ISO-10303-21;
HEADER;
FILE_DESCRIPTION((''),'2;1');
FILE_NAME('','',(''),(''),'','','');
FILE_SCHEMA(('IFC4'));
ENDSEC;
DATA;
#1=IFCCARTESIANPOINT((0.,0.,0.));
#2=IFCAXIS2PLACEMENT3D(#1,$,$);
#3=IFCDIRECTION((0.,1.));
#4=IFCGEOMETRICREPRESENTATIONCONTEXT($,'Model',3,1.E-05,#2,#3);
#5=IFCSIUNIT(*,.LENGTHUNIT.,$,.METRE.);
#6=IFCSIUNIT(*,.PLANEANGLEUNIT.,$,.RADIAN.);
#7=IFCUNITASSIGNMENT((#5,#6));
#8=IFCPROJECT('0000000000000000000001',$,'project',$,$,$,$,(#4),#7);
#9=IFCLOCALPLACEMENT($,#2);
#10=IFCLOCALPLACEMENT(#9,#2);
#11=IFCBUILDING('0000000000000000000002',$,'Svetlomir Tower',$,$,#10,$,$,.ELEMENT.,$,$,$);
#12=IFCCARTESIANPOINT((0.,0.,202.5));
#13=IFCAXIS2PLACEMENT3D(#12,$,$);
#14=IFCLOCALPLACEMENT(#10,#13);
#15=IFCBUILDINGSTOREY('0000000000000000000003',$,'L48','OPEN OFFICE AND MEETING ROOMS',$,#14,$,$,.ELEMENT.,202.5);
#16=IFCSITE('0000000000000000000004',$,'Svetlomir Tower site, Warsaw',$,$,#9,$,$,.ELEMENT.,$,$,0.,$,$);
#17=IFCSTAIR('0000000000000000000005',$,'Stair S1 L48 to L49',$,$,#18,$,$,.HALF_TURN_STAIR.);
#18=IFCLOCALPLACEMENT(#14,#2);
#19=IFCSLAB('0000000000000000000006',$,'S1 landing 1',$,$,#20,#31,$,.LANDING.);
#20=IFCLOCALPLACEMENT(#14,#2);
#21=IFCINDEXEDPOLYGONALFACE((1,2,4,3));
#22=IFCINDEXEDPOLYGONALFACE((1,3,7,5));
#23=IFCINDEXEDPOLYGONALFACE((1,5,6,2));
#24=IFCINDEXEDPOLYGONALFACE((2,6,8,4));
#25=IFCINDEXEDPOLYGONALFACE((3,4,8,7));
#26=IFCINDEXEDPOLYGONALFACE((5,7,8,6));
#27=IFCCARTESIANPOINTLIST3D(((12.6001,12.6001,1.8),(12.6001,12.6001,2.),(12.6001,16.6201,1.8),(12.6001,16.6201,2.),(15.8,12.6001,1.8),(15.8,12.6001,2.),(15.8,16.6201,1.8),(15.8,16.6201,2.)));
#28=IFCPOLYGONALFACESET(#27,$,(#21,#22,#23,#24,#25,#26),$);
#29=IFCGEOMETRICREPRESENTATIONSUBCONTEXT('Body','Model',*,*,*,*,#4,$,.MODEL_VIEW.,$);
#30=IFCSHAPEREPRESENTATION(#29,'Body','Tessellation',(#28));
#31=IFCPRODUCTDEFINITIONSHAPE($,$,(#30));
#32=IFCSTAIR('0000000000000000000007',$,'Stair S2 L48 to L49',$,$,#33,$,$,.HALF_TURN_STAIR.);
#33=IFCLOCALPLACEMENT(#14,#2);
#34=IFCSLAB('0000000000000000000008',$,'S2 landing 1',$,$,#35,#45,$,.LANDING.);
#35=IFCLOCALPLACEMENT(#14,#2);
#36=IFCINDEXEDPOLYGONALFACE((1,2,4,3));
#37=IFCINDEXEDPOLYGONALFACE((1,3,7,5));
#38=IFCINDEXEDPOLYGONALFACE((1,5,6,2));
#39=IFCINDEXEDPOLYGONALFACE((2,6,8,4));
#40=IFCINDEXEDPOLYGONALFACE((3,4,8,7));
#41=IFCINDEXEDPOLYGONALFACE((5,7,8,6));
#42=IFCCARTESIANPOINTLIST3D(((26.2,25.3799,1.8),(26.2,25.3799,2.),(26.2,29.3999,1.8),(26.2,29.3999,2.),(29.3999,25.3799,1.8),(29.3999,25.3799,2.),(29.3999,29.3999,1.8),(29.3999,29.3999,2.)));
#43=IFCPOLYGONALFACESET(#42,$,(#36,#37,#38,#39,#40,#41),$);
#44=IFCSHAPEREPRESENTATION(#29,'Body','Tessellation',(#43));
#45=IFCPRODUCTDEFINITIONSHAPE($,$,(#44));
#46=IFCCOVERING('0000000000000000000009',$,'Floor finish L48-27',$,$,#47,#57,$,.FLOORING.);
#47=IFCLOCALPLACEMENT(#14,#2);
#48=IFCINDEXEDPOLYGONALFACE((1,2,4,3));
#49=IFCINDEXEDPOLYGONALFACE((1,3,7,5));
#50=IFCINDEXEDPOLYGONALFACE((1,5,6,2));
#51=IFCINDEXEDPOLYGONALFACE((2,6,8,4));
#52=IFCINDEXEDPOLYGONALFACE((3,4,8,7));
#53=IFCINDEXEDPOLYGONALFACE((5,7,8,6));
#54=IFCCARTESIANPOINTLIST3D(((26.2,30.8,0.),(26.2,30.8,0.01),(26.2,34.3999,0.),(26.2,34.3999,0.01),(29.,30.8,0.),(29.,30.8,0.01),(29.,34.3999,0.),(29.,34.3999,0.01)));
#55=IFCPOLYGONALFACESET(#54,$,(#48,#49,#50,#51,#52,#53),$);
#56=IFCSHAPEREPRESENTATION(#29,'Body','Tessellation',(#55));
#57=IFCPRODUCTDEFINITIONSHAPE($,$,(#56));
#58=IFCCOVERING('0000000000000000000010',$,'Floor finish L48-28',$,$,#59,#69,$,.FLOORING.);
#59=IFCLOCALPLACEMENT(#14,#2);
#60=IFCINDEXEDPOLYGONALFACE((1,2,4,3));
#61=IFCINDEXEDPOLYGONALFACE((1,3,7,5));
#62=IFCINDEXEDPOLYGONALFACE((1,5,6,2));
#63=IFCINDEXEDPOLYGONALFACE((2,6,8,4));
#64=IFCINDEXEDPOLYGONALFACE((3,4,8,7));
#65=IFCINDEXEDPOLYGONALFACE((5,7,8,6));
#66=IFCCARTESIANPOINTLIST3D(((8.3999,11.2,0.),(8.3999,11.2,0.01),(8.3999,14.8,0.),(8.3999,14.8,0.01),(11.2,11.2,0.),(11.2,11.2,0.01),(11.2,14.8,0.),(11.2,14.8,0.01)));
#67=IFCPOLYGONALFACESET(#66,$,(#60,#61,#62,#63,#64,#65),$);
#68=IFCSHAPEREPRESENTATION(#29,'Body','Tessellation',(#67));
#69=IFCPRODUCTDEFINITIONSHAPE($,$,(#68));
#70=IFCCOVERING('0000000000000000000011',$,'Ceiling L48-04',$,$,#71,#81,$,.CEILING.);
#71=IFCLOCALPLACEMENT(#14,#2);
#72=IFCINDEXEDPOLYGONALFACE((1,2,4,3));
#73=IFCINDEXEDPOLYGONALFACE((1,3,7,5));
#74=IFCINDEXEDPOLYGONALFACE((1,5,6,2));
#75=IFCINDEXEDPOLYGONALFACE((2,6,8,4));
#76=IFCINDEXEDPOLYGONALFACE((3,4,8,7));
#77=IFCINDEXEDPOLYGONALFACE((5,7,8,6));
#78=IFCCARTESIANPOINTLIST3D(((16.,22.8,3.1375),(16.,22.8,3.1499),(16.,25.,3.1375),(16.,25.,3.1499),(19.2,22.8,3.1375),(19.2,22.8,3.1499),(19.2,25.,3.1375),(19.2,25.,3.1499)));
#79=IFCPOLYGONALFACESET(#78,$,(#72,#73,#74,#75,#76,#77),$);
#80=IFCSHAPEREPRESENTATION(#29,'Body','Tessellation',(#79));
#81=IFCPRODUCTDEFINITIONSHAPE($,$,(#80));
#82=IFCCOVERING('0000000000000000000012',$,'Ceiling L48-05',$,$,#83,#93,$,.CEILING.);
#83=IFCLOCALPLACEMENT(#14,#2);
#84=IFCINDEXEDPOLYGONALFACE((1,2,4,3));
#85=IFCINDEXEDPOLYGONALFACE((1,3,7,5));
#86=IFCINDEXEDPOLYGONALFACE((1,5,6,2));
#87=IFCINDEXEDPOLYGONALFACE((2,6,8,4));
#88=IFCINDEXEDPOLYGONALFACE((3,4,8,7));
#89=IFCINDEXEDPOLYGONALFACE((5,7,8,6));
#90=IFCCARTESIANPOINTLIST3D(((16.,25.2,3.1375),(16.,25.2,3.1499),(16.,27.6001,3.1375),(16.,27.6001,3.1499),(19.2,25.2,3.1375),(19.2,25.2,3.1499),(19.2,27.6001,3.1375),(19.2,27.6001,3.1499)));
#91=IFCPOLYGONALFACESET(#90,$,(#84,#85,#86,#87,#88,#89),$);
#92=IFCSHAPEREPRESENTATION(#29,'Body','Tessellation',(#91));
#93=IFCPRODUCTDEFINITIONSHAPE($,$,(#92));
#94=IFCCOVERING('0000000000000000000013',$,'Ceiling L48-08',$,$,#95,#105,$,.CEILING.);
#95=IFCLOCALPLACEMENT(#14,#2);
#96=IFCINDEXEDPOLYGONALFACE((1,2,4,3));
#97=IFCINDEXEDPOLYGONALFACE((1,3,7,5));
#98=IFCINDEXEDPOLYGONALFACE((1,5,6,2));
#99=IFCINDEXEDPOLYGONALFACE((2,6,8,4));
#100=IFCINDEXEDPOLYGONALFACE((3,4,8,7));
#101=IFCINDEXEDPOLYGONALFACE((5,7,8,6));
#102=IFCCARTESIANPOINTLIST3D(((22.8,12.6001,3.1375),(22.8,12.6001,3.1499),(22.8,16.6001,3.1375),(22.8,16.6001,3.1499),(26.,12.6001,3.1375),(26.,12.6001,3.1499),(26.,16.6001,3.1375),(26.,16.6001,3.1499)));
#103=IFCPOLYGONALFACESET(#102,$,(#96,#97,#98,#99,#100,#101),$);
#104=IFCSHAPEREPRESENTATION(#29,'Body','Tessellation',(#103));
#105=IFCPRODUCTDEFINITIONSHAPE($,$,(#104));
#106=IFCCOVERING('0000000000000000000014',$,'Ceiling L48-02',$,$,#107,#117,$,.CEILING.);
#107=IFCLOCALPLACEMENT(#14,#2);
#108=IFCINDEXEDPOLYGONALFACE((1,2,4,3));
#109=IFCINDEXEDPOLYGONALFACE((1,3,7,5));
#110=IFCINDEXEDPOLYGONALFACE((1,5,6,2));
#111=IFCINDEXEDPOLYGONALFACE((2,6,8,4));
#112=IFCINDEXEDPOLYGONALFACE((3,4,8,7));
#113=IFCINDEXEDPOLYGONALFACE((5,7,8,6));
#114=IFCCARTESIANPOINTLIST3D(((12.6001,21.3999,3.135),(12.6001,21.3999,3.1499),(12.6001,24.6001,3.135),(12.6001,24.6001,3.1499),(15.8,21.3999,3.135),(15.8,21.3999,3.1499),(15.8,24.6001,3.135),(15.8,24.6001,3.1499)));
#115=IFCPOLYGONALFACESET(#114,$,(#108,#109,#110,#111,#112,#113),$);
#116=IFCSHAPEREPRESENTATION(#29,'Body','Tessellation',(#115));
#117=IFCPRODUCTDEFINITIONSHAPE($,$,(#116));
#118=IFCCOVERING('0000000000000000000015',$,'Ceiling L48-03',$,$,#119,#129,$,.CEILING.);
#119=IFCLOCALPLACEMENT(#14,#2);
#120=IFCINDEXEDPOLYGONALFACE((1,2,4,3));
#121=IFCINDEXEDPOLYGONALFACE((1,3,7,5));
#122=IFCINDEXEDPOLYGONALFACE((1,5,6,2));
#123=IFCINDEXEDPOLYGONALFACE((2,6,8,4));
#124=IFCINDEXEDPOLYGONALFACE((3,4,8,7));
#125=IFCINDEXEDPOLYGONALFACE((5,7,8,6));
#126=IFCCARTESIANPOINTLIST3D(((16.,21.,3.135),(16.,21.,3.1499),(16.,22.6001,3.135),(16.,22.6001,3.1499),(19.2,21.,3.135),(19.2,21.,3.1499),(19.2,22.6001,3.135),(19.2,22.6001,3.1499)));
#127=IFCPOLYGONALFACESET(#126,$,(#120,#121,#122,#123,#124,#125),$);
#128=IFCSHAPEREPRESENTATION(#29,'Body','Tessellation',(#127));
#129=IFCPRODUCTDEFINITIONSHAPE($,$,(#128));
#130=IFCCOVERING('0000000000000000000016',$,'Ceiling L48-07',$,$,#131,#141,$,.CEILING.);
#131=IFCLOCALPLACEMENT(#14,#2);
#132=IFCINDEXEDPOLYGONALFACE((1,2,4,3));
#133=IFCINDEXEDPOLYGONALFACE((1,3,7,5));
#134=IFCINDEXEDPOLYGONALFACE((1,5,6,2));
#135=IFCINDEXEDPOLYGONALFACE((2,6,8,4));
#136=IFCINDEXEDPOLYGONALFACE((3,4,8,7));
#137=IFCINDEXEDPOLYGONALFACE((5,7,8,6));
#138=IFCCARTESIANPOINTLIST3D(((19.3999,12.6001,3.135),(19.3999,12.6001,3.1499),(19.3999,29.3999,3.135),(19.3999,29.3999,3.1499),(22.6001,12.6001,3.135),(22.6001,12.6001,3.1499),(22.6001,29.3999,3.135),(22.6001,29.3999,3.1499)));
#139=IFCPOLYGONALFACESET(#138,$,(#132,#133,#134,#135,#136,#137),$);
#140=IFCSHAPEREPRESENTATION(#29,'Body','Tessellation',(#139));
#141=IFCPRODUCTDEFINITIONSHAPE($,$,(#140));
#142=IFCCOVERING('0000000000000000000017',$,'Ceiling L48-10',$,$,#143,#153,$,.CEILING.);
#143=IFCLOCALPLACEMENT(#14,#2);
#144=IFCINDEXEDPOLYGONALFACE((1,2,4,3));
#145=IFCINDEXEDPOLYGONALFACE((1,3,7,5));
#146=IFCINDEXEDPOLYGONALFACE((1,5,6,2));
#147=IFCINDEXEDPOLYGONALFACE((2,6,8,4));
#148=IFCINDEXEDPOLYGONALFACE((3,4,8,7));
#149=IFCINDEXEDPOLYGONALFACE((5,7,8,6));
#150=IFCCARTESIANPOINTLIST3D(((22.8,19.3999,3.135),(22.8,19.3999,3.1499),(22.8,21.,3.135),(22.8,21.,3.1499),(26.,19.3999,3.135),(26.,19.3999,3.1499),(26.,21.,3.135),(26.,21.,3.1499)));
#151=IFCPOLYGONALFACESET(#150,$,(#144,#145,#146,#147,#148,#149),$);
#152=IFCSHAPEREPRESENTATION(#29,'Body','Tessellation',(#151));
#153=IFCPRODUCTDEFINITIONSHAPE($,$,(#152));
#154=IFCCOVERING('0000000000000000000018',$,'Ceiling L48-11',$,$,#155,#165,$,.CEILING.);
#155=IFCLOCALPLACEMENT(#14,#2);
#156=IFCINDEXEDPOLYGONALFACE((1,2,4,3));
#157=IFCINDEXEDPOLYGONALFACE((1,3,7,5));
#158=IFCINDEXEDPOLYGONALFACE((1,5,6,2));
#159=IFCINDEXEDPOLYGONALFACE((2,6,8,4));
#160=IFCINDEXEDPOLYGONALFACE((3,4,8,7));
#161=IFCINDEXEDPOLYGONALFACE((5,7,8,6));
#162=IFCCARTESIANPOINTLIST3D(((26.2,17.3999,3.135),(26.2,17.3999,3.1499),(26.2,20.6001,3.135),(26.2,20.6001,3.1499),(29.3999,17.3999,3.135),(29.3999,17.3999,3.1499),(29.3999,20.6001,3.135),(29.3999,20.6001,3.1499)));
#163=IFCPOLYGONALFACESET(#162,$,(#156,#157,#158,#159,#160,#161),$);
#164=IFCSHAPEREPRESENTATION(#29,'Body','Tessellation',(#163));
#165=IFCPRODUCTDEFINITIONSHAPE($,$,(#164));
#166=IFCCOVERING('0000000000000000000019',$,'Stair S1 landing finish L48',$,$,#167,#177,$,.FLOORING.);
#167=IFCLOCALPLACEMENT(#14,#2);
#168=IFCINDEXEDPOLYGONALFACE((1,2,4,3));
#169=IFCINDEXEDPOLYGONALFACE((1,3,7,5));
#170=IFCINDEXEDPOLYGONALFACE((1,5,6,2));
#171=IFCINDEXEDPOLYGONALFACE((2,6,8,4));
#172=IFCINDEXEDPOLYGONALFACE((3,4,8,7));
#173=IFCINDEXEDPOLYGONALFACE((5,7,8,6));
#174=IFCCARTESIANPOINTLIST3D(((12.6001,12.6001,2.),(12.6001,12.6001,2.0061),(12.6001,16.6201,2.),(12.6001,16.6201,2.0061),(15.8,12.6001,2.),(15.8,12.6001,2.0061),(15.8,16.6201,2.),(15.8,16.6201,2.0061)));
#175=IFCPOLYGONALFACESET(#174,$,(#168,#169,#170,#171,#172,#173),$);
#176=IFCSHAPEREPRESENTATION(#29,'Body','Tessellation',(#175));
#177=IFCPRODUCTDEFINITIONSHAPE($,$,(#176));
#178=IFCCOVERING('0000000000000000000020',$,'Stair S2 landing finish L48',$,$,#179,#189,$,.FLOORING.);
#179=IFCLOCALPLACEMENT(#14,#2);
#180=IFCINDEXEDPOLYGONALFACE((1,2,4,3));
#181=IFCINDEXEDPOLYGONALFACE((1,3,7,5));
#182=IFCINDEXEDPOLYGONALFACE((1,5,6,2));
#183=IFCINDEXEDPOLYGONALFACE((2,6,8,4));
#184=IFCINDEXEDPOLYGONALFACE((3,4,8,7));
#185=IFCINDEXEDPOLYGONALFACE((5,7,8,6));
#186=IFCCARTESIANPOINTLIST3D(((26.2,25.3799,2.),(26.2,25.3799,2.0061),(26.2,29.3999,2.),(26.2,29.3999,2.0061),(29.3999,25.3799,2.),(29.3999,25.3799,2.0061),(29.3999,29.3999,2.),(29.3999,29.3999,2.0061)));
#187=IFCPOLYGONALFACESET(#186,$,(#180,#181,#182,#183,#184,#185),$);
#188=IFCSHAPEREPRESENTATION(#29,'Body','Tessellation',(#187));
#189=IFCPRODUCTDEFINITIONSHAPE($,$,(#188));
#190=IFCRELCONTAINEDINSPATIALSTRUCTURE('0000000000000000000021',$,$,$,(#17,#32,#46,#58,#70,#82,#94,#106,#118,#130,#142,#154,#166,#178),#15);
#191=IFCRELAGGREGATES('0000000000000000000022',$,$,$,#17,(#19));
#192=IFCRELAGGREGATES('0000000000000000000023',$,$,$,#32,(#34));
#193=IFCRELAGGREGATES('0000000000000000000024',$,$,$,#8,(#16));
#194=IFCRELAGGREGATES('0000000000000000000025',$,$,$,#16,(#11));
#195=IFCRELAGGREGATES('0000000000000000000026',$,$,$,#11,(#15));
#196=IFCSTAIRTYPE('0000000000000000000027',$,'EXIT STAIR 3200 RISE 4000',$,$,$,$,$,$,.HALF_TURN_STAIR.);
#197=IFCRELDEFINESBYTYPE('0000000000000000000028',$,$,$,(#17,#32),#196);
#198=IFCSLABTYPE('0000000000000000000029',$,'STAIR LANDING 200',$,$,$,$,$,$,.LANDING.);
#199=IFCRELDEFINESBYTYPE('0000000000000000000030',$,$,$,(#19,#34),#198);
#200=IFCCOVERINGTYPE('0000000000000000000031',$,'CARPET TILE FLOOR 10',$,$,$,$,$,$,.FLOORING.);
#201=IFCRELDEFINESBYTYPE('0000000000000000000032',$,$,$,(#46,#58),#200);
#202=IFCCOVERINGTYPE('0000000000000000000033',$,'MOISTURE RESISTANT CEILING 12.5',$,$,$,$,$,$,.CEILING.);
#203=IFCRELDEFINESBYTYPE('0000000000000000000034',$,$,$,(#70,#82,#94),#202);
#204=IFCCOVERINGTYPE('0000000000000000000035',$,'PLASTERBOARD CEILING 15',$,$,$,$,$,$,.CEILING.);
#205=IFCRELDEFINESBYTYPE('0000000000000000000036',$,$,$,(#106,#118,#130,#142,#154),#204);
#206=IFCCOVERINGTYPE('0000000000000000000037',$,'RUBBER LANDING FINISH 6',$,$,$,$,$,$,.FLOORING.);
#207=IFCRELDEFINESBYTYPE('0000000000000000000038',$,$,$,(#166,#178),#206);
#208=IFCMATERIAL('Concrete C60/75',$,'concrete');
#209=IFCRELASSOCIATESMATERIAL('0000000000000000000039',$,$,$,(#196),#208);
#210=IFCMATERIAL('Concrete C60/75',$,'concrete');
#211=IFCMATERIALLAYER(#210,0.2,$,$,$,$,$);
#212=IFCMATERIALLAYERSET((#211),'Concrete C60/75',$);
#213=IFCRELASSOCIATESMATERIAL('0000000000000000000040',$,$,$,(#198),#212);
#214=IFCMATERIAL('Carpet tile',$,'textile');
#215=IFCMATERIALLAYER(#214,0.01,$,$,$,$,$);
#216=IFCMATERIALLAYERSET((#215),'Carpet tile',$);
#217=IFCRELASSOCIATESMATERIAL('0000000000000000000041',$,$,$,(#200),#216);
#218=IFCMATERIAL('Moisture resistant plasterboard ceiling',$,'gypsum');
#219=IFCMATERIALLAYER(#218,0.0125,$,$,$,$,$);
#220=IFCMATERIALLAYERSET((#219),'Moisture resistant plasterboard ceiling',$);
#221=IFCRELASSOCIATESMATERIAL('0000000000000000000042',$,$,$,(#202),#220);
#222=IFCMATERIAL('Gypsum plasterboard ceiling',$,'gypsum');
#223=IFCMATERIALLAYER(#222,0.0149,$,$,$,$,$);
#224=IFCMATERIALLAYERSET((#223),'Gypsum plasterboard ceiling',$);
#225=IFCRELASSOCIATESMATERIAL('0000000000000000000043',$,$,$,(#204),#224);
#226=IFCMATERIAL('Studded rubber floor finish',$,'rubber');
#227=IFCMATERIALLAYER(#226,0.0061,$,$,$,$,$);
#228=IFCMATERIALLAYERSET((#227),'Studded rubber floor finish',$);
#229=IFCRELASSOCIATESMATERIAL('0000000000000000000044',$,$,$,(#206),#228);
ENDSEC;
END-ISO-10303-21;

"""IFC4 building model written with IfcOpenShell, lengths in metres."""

from ifc_helpers import new_model, si_unit, direction, frame, origin, place, context, subcontext, project, spatial, polyline, outline, extrude, material, layer, layer_set, type_object, element, aggregate, save


model = new_model("IFC4")

# Units and contexts
model_context = context("Model", 3, precision=1e-05, world=origin(), true_north=direction((0.0, 1.0)))
body_context = subcontext(model_context, "Body", "Model", "MODEL_VIEW")
ifc_project = project(units=[si_unit("LENGTHUNIT", "METRE"), si_unit("PLANEANGLEUNIT", "RADIAN")], contexts=[model_context])

# Site, building, storey
site_placement = place(None, origin())
site = spatial("IfcSite", under=ifc_project, at=site_placement, Name="Svetlomir Tower site, Warsaw", CompositionType="ELEMENT", RefElevation=0.0)
building_placement = place(site_placement, origin())
building = spatial("IfcBuilding", under=site, at=building_placement, Name="Svetlomir Tower", CompositionType="ELEMENT")
storey_placement = place(building_placement, frame((0.0, 0.0, 202.5)))
storey = spatial("IfcBuildingStorey", under=building, at=storey_placement, Name="L48", Description="OPEN OFFICE AND MEETING ROOMS", CompositionType="ELEMENT", Elevation=202.5)

# Stairs, slabs
ifc_material_1 = material(Name="Concrete C60/75", Category="concrete")
stair_type = type_object("IfcStairType", Name="EXIT STAIR 3200 RISE 4000", PredefinedType="HALF_TURN_STAIR", material=ifc_material_1)
stair_1_placement = place(storey_placement, origin())
stair_1 = element("IfcStair", 1, at=stair_1_placement, inside=storey, type_object=stair_type, Name="Stair S1 L48 to L49", PredefinedType="HALF_TURN_STAIR")
ifc_material_2 = material(Name="Concrete C60/75", Category="concrete")
ifc_layer_1 = layer(ifc_material_2, 0.2)
ifc_layer_set_1 = layer_set([ifc_layer_1], Name="Concrete C60/75")
slab_type = type_object("IfcSlabType", Name="STAIR LANDING 200", PredefinedType="LANDING", material=ifc_layer_set_1)
slab_1_placement = place(storey_placement, frame((0.0, 0.0, 1.8)))
slab_1 = element("IfcSlab", 2, at=slab_1_placement, type_object=slab_type, Name="S1 landing 1", PredefinedType="LANDING", context=body_context, shape_type="SweptSolid", body=[
    extrude(outline(polyline([(12.6001, 12.6001), (15.8, 12.6001), (15.8, 16.6201), (12.6001, 16.6201), (12.6001, 12.6001)])), origin(), (0.0, 0.0, 1.0), 0.2),
])
aggregate(stair_1, [slab_1])
stair_2_placement = place(storey_placement, origin())
stair_2 = element("IfcStair", 3, at=stair_2_placement, inside=storey, type_object=stair_type, Name="Stair S2 L48 to L49", PredefinedType="HALF_TURN_STAIR")
slab_2_placement = place(storey_placement, frame((0.0, 0.0, 1.8)))
slab_2 = element("IfcSlab", 4, at=slab_2_placement, type_object=slab_type, Name="S2 landing 1", PredefinedType="LANDING", context=body_context, shape_type="SweptSolid", body=[
    extrude(outline(polyline([(26.2, 25.3799), (29.3999, 25.3799), (29.3999, 29.3999), (26.2, 29.3999), (26.2, 25.3799)])), origin(), (0.0, 0.0, 1.0), 0.2),
])
aggregate(stair_2, [slab_2])

# Coverings
ifc_material_3 = material(Name="Carpet tile", Category="textile")
ifc_layer_2 = layer(ifc_material_3, 0.01)
ifc_layer_set_2 = layer_set([ifc_layer_2], Name="Carpet tile")
covering_type_1 = type_object("IfcCoveringType", Name="CARPET TILE FLOOR 10", PredefinedType="FLOORING", material=ifc_layer_set_2)
covering_1_placement = place(storey_placement, origin())
element("IfcCovering", 5, at=covering_1_placement, inside=storey, type_object=covering_type_1, Name="Floor finish L48-27", PredefinedType="FLOORING", context=body_context, shape_type="SweptSolid", body=[
    extrude(outline(polyline([(26.2, 30.8), (29.0, 30.8), (29.0, 34.3999), (26.2, 34.3999), (26.2, 30.8)])), origin(), (0.0, 0.0, 1.0), 0.01),
])
covering_2_placement = place(storey_placement, origin())
element("IfcCovering", 6, at=covering_2_placement, inside=storey, type_object=covering_type_1, Name="Floor finish L48-28", PredefinedType="FLOORING", context=body_context, shape_type="SweptSolid", body=[
    extrude(outline(polyline([(8.3999, 11.2), (11.2, 11.2), (11.2, 14.8), (8.3999, 14.8), (8.3999, 11.2)])), origin(), (0.0, 0.0, 1.0), 0.01),
])
ifc_material_4 = material(Name="Moisture resistant plasterboard ceiling", Category="gypsum")
ifc_layer_3 = layer(ifc_material_4, 0.0125)
ifc_layer_set_3 = layer_set([ifc_layer_3], Name="Moisture resistant plasterboard ceiling")
covering_type_2 = type_object("IfcCoveringType", Name="MOISTURE RESISTANT CEILING 12.5", PredefinedType="CEILING", material=ifc_layer_set_3)
covering_3_placement = place(storey_placement, frame((0.0, 0.0, 3.1375)))
element("IfcCovering", 7, at=covering_3_placement, inside=storey, type_object=covering_type_2, Name="Ceiling L48-04", PredefinedType="CEILING", context=body_context, shape_type="SweptSolid", body=[
    extrude(outline(polyline([(16.0, 22.8), (19.2, 22.8), (19.2, 25.0), (16.0, 25.0), (16.0, 22.8)])), origin(), (0.0, 0.0, 1.0), 0.0125),
])
covering_4_placement = place(storey_placement, frame((0.0, 0.0, 3.1375)))
element("IfcCovering", 8, at=covering_4_placement, inside=storey, type_object=covering_type_2, Name="Ceiling L48-05", PredefinedType="CEILING", context=body_context, shape_type="SweptSolid", body=[
    extrude(outline(polyline([(16.0, 25.2), (19.2, 25.2), (19.2, 27.6001), (16.0, 27.6001), (16.0, 25.2)])), origin(), (0.0, 0.0, 1.0), 0.0125),
])
covering_5_placement = place(storey_placement, frame((0.0, 0.0, 3.1375)))
element("IfcCovering", 9, at=covering_5_placement, inside=storey, type_object=covering_type_2, Name="Ceiling L48-08", PredefinedType="CEILING", context=body_context, shape_type="SweptSolid", body=[
    extrude(outline(polyline([(22.8, 12.6001), (26.0, 12.6001), (26.0, 16.6001), (22.8, 16.6001), (22.8, 12.6001)])), origin(), (0.0, 0.0, 1.0), 0.0125),
])
ifc_material_5 = material(Name="Gypsum plasterboard ceiling", Category="gypsum")
ifc_layer_4 = layer(ifc_material_5, 0.0149)
ifc_layer_set_4 = layer_set([ifc_layer_4], Name="Gypsum plasterboard ceiling")
covering_type_3 = type_object("IfcCoveringType", Name="PLASTERBOARD CEILING 15", PredefinedType="CEILING", material=ifc_layer_set_4)
covering_6_placement = place(storey_placement, frame((0.0, 0.0, 3.135)))
element("IfcCovering", 10, at=covering_6_placement, inside=storey, type_object=covering_type_3, Name="Ceiling L48-02", PredefinedType="CEILING", context=body_context, shape_type="SweptSolid", body=[
    extrude(outline(polyline([(12.6001, 21.3999), (15.8, 21.3999), (15.8, 24.6001), (12.6001, 24.6001), (12.6001, 21.3999)])), origin(), (0.0, 0.0, 1.0), 0.0149),
])
covering_7_placement = place(storey_placement, frame((0.0, 0.0, 3.135)))
element("IfcCovering", 11, at=covering_7_placement, inside=storey, type_object=covering_type_3, Name="Ceiling L48-03", PredefinedType="CEILING", context=body_context, shape_type="SweptSolid", body=[
    extrude(outline(polyline([(16.0, 21.0), (19.2, 21.0), (19.2, 22.6001), (16.0, 22.6001), (16.0, 21.0)])), origin(), (0.0, 0.0, 1.0), 0.0149),
])
covering_8_placement = place(storey_placement, frame((0.0, 0.0, 3.135)))
element("IfcCovering", 12, at=covering_8_placement, inside=storey, type_object=covering_type_3, Name="Ceiling L48-07", PredefinedType="CEILING", context=body_context, shape_type="SweptSolid", body=[
    extrude(outline(polyline([(19.3999, 12.6001), (22.6001, 12.6001), (22.6001, 29.3999), (19.3999, 29.3999), (19.3999, 12.6001)])), origin(), (0.0, 0.0, 1.0), 0.0149),
])
covering_9_placement = place(storey_placement, frame((0.0, 0.0, 3.135)))
element("IfcCovering", 13, at=covering_9_placement, inside=storey, type_object=covering_type_3, Name="Ceiling L48-10", PredefinedType="CEILING", context=body_context, shape_type="SweptSolid", body=[
    extrude(outline(polyline([(22.8, 19.3999), (26.0, 19.3999), (26.0, 21.0), (22.8, 21.0), (22.8, 19.3999)])), origin(), (0.0, 0.0, 1.0), 0.0149),
])
covering_10_placement = place(storey_placement, frame((0.0, 0.0, 3.135)))
element("IfcCovering", 14, at=covering_10_placement, inside=storey, type_object=covering_type_3, Name="Ceiling L48-11", PredefinedType="CEILING", context=body_context, shape_type="SweptSolid", body=[
    extrude(outline(polyline([(26.2, 17.3999), (29.3999, 17.3999), (29.3999, 20.6001), (26.2, 20.6001), (26.2, 17.3999)])), origin(), (0.0, 0.0, 1.0), 0.0149),
])
ifc_material_6 = material(Name="Studded rubber floor finish", Category="rubber")
ifc_layer_5 = layer(ifc_material_6, 0.0061)
ifc_layer_set_5 = layer_set([ifc_layer_5], Name="Studded rubber floor finish")
covering_type_4 = type_object("IfcCoveringType", Name="RUBBER LANDING FINISH 6", PredefinedType="FLOORING", material=ifc_layer_set_5)
covering_11_placement = place(storey_placement, frame((0.0, 0.0, 2.0)))
element("IfcCovering", 15, at=covering_11_placement, inside=storey, type_object=covering_type_4, Name="Stair S1 landing finish L48", PredefinedType="FLOORING", context=body_context, shape_type="SweptSolid", body=[
    extrude(outline(polyline([(12.6001, 12.6001), (15.8, 12.6001), (15.8, 16.6201), (12.6001, 16.6201), (12.6001, 12.6001)])), origin(), (0.0, 0.0, 1.0), 0.0061),
])
covering_12_placement = place(storey_placement, frame((0.0, 0.0, 2.0)))
element("IfcCovering", 16, at=covering_12_placement, inside=storey, type_object=covering_type_4, Name="Stair S2 landing finish L48", PredefinedType="FLOORING", context=body_context, shape_type="SweptSolid", body=[
    extrude(outline(polyline([(26.2, 25.3799), (29.3999, 25.3799), (29.3999, 29.3999), (26.2, 29.3999), (26.2, 25.3799)])), origin(), (0.0, 0.0, 1.0), 0.0061),
])

save(model, "model.ifc")
